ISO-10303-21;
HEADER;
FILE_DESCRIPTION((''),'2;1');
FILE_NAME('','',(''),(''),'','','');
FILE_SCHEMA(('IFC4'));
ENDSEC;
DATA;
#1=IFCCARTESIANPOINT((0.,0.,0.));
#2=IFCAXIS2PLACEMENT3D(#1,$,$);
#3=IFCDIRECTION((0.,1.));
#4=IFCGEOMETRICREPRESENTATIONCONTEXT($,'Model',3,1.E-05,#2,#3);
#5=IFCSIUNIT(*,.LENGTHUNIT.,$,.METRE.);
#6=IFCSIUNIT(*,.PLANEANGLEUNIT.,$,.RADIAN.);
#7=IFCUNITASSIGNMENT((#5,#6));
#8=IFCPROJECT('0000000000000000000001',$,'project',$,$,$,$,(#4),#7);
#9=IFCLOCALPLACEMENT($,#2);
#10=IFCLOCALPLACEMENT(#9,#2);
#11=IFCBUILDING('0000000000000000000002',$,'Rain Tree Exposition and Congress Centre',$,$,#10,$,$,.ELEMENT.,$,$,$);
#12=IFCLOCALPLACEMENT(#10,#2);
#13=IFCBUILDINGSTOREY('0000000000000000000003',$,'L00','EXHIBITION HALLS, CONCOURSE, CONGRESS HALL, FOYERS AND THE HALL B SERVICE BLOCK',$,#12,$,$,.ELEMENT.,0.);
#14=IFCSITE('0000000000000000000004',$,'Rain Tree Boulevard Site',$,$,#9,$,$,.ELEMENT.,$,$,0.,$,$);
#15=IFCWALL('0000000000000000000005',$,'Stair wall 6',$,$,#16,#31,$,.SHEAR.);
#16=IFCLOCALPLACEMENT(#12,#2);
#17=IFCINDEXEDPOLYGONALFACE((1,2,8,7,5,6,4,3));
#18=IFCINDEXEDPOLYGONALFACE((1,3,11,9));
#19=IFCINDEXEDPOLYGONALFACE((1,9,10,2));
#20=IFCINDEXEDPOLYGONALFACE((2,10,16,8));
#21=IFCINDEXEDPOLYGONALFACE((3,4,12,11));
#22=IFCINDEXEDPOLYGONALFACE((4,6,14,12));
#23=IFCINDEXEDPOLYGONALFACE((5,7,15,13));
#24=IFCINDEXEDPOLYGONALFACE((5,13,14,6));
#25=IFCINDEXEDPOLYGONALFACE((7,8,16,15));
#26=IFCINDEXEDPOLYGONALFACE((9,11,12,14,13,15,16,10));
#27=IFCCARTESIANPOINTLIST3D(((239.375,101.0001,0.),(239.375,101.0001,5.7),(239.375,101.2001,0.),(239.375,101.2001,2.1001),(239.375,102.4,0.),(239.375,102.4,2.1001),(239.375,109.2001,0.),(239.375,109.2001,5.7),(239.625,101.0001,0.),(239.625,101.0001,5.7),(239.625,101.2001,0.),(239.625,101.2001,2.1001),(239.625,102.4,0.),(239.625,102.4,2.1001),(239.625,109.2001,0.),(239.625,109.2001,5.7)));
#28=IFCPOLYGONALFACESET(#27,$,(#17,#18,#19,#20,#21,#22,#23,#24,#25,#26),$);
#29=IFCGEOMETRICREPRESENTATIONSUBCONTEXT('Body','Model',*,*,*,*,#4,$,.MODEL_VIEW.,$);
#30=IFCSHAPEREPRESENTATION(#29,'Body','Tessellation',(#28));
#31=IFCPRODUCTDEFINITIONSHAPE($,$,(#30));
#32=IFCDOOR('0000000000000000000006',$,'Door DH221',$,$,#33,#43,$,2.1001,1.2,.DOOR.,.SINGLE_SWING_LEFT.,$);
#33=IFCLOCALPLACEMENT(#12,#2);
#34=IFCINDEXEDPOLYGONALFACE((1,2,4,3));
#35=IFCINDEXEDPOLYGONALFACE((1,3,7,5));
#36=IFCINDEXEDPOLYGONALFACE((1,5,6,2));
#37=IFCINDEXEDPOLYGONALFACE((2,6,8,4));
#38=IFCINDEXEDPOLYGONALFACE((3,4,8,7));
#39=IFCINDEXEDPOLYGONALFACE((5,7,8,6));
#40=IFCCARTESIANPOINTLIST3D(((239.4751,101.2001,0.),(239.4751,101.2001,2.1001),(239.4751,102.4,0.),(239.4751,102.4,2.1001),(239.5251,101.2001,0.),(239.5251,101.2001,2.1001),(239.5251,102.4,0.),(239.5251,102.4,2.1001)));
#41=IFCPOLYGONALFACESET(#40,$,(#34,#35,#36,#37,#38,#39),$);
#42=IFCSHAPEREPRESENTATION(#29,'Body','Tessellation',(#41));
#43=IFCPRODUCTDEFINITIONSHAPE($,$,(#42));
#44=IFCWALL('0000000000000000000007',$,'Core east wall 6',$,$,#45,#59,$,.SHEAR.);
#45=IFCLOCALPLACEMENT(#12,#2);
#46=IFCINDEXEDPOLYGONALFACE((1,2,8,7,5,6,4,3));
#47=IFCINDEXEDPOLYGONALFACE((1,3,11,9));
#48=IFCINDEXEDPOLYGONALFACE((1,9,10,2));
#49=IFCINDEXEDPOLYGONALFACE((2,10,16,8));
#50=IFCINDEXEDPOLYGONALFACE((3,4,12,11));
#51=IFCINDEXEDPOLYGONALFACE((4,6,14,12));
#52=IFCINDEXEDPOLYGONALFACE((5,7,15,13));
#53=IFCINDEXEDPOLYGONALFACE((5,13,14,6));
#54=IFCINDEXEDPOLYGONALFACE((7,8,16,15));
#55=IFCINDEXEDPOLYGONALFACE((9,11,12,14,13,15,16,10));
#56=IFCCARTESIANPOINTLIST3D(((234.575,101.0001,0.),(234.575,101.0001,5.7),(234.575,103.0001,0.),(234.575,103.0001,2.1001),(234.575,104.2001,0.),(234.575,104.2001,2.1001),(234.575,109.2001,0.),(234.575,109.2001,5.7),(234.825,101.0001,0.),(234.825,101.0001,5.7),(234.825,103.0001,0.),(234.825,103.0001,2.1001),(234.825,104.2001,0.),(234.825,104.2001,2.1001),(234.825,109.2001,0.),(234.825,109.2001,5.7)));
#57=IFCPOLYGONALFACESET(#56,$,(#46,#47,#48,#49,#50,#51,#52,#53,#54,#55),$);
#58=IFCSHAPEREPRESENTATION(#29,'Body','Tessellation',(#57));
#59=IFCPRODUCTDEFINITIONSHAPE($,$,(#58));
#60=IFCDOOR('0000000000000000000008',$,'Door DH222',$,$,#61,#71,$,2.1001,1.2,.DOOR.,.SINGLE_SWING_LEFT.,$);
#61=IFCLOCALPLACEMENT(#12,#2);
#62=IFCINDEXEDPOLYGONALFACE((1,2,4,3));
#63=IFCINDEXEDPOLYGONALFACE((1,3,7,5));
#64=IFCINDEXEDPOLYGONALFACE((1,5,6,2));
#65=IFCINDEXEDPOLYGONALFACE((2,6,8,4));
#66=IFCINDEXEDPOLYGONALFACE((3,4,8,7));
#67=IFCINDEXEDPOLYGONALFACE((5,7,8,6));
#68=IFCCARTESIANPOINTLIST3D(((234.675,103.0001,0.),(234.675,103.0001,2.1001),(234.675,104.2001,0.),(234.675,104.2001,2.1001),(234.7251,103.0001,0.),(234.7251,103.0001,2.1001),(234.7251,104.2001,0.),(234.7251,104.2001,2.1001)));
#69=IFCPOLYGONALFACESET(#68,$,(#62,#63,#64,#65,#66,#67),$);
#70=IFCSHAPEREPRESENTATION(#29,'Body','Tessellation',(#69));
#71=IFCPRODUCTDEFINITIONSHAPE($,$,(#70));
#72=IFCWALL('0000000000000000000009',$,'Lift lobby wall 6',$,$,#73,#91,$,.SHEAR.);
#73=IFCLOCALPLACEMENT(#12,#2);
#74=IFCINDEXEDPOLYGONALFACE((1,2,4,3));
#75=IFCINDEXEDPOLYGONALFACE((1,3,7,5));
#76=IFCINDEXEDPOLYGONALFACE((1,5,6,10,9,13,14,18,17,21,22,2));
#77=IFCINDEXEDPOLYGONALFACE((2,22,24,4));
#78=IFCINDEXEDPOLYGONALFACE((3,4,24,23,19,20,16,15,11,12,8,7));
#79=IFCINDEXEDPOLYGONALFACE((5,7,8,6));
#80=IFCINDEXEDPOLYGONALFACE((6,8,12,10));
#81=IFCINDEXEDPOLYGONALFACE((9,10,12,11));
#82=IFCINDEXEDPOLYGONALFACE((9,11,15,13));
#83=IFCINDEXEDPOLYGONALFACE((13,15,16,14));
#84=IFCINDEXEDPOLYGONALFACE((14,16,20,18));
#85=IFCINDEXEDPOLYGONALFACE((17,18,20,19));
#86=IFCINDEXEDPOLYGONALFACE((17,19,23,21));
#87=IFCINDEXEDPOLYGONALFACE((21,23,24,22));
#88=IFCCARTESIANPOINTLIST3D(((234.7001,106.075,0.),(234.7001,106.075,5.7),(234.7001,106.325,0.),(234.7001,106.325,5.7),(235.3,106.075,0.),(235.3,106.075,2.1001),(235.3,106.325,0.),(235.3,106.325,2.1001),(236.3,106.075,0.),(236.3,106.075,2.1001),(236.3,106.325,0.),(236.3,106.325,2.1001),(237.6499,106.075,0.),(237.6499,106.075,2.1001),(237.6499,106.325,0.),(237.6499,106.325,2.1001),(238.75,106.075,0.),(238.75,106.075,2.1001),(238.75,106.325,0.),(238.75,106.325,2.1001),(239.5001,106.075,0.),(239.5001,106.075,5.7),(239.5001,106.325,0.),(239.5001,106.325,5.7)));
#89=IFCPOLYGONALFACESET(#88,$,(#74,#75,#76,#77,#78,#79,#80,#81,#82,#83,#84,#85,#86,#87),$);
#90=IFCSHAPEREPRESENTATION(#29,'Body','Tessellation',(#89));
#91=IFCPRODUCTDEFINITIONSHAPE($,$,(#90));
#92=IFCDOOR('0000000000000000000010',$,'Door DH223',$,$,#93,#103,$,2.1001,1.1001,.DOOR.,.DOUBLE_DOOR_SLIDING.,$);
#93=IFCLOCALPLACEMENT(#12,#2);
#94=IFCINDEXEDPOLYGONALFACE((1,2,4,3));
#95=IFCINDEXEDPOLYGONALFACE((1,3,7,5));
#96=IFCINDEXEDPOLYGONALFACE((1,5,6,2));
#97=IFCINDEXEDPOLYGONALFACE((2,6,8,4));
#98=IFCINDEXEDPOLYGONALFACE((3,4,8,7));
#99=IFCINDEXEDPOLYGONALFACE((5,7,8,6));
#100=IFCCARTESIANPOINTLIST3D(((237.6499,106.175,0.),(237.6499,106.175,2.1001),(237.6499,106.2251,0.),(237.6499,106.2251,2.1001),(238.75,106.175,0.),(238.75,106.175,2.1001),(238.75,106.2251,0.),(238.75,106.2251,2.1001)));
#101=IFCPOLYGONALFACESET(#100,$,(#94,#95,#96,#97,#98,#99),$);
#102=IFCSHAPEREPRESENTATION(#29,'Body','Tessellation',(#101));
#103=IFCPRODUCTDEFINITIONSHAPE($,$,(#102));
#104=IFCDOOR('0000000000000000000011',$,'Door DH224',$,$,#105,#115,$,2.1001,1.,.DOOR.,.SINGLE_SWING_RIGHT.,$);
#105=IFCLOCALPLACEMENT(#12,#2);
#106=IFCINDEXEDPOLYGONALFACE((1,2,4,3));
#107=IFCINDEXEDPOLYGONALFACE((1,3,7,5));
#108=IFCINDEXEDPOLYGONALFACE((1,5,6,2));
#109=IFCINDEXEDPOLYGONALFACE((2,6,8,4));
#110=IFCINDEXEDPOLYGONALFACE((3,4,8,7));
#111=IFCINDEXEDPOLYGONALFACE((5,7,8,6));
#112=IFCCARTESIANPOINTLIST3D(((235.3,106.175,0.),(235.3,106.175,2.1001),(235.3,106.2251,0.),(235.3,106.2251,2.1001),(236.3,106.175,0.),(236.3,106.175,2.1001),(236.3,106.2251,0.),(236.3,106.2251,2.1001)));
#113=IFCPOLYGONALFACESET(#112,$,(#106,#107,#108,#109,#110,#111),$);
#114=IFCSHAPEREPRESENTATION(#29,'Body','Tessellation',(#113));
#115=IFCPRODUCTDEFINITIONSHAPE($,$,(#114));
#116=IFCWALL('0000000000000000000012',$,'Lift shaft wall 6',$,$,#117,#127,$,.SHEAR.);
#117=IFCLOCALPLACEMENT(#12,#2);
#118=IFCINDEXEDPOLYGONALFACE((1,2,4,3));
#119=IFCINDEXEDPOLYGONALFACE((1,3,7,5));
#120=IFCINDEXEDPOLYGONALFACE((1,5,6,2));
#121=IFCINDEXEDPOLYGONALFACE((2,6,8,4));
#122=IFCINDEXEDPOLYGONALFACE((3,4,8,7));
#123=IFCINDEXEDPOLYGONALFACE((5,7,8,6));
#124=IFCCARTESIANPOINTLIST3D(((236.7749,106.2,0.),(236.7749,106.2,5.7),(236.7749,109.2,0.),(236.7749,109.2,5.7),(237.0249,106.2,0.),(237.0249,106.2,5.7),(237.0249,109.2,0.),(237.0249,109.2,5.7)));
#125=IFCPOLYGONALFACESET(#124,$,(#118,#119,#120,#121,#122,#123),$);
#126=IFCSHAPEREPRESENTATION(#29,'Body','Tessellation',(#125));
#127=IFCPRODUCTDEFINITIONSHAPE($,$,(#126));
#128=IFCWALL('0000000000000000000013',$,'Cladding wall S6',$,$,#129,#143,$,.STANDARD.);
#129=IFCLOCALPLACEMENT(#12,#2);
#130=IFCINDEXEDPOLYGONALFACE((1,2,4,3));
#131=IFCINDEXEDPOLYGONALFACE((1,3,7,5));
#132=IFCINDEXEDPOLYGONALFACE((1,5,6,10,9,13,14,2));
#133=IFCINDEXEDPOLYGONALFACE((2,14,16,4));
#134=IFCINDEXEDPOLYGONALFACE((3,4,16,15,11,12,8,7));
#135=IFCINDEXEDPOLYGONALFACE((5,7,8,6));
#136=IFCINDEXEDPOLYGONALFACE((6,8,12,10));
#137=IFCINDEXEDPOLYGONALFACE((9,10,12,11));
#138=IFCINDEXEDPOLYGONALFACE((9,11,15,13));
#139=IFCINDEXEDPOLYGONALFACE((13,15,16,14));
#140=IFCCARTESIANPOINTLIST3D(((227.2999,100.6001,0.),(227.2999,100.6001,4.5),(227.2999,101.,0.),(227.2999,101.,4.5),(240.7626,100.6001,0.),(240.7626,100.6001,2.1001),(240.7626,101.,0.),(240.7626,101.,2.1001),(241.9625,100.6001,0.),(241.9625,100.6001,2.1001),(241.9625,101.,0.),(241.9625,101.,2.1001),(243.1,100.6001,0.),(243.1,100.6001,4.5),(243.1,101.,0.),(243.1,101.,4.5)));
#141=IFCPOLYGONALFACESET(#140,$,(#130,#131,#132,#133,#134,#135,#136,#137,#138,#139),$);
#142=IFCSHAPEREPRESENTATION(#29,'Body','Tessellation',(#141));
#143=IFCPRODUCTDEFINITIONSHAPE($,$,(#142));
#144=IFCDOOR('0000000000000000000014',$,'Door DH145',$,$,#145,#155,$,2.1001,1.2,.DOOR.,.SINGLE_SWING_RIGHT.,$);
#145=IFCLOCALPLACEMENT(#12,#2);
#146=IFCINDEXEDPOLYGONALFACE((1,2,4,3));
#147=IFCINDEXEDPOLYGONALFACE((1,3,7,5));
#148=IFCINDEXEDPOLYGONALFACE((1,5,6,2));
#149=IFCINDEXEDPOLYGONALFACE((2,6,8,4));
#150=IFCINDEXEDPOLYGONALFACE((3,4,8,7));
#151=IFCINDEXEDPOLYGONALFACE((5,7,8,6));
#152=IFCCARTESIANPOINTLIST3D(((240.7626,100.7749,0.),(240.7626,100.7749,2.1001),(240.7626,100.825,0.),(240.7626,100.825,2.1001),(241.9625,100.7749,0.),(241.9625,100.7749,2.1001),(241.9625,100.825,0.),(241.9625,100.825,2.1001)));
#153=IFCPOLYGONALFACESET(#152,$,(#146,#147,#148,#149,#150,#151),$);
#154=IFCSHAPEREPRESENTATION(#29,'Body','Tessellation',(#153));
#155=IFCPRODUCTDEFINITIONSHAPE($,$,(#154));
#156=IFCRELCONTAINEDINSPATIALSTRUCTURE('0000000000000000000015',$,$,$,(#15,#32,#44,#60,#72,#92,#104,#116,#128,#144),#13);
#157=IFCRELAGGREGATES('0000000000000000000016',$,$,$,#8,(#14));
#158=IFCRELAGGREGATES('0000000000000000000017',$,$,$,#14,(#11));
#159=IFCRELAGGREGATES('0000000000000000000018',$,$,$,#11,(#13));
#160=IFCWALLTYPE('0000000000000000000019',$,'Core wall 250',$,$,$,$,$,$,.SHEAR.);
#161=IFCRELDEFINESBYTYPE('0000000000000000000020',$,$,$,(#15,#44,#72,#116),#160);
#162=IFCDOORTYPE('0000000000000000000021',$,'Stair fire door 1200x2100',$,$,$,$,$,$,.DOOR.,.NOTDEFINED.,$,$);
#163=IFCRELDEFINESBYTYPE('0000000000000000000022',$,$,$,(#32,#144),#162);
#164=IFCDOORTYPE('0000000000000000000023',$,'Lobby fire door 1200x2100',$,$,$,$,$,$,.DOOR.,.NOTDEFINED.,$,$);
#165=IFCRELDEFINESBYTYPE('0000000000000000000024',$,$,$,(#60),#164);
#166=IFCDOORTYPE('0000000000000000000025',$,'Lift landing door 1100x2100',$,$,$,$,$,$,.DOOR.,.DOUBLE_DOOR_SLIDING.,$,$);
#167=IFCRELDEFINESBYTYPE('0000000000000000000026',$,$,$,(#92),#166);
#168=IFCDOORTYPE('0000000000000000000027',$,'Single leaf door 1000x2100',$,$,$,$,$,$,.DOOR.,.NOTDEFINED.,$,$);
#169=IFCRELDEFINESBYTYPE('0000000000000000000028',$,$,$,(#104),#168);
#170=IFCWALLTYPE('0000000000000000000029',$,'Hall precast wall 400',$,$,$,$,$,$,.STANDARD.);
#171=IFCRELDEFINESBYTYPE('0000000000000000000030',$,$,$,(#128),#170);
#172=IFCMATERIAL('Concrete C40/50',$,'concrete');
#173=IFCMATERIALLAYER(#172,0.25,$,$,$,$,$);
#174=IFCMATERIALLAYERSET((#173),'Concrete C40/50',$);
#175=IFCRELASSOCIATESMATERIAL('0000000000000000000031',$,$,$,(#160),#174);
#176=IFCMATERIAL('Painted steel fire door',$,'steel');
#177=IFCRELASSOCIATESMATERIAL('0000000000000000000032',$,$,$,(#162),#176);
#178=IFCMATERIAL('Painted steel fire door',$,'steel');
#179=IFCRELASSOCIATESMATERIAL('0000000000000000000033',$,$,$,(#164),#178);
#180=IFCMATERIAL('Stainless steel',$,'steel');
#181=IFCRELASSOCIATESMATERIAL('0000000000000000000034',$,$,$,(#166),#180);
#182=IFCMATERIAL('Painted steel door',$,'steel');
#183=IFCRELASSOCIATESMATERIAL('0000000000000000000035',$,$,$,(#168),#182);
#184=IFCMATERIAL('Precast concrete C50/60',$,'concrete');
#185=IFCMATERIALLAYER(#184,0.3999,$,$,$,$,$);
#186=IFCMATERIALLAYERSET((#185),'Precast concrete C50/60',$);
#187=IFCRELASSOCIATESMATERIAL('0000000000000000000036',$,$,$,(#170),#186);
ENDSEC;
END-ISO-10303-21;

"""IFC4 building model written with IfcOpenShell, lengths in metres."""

from ifc_helpers import new_model, si_unit, direction, frame, frame_2d, origin, place, context, subcontext, project, spatial, rectangle, extrude, material, layer, layer_set, type_object, element, fill, save


model = new_model("IFC4")

# Units and contexts
model_context = context("Model", 3, precision=1e-05, world=origin(), true_north=direction((0.0, 1.0)))
body_context = subcontext(model_context, "Body", "Model", "MODEL_VIEW")
ifc_project = project(units=[si_unit("LENGTHUNIT", "METRE"), si_unit("PLANEANGLEUNIT", "RADIAN")], contexts=[model_context])

# Site, building, storey
site_placement = place(None, origin())
site = spatial("IfcSite", under=ifc_project, at=site_placement, Name="Rain Tree Boulevard Site", CompositionType="ELEMENT", RefElevation=0.0)
building_placement = place(site_placement, origin())
building = spatial("IfcBuilding", under=site, at=building_placement, Name="Rain Tree Exposition and Congress Centre", CompositionType="ELEMENT")
storey_placement = place(building_placement, origin())
storey = spatial("IfcBuildingStorey", under=building, at=storey_placement, Name="L00", Description="EXHIBITION HALLS, CONCOURSE, CONGRESS HALL, FOYERS AND THE HALL B SERVICE BLOCK", CompositionType="ELEMENT", Elevation=0.0)

# Walls, openings, doors
ifc_material_1 = material(Name="Concrete C40/50", Category="concrete")
ifc_layer_1 = layer(ifc_material_1, 0.25)
ifc_layer_set_1 = layer_set([ifc_layer_1], Name="Concrete C40/50")
wall_type_1 = type_object("IfcWallType", Name="Core wall 250", PredefinedType="SHEAR", material=ifc_layer_set_1)
wall_1_placement = place(storey_placement, frame((239.5, 101.0, 0.0), z_axis=(0.0, 0.0, 1.0), x_axis=(0.0, 1.0, 0.0)))
wall_1 = element("IfcWall", 1, at=wall_1_placement, inside=storey, type_object=wall_type_1, Name="Stair wall 6", PredefinedType="SHEAR", context=body_context, shape_type="SweptSolid", body=[
    extrude(rectangle(XDim=8.2, YDim=0.25, at=frame_2d((4.1001, 0.0))), origin(), (0.0, 0.0, 1.0), 5.7),
])
opening_1_placement = place(wall_1_placement, frame((0.2, 0.0, 0.0)))
opening_1 = element("IfcOpeningElement", 2, at=opening_1_placement, cuts=wall_1, PredefinedType="OPENING", context=body_context, shape_type="SweptSolid", body=[
    extrude(rectangle(XDim=1.2, YDim=2.1001, at=frame_2d((0.6001, 1.05))), frame((0.0, 0.125, 0.0), z_axis=(0.0, -1.0, 0.0), x_axis=(1.0, 0.0, 0.0)), (0.0, 0.0, 1.0), 0.25),
])
ifc_material_2 = material(Name="Painted steel fire door", Category="steel")
door_type_1 = type_object("IfcDoorType", Name="Stair fire door 1200x2100", OperationType="NOTDEFINED", PredefinedType="DOOR", material=ifc_material_2)
door_1_placement = place(opening_1_placement, origin())
door_1 = element("IfcDoor", 3, at=door_1_placement, inside=storey, type_object=door_type_1, Name="Door DH221", OperationType="SINGLE_SWING_LEFT", OverallHeight=2.1001, OverallWidth=1.2, PredefinedType="DOOR", context=body_context, shape_type="SweptSolid", body=[
    extrude(rectangle(XDim=1.2, YDim=2.1001, at=frame_2d((0.6001, 1.05))), frame((0.0, 0.0249, 0.0), z_axis=(0.0, -1.0, 0.0), x_axis=(1.0, 0.0, 0.0)), (0.0, 0.0, 1.0), 0.05),
])
fill(opening_1, door_1)
wall_2_placement = place(storey_placement, frame((234.7, 101.0, 0.0), z_axis=(0.0, 0.0, 1.0), x_axis=(0.0, 1.0, 0.0)))
wall_2 = element("IfcWall", 4, at=wall_2_placement, inside=storey, type_object=wall_type_1, Name="Core east wall 6", PredefinedType="SHEAR", context=body_context, shape_type="SweptSolid", body=[
    extrude(rectangle(XDim=8.2, YDim=0.25, at=frame_2d((4.1001, 0.0))), origin(), (0.0, 0.0, 1.0), 5.7),
])
opening_2_placement = place(wall_2_placement, frame((2.0, 0.0, 0.0)))
opening_2 = element("IfcOpeningElement", 5, at=opening_2_placement, cuts=wall_2, PredefinedType="OPENING", context=body_context, shape_type="SweptSolid", body=[
    extrude(rectangle(XDim=1.2, YDim=2.1001, at=frame_2d((0.6001, 1.05))), frame((0.0, 0.125, 0.0), z_axis=(0.0, -1.0, 0.0), x_axis=(1.0, 0.0, 0.0)), (0.0, 0.0, 1.0), 0.25),
])
ifc_material_3 = material(Name="Painted steel fire door", Category="steel")
door_type_2 = type_object("IfcDoorType", Name="Lobby fire door 1200x2100", OperationType="NOTDEFINED", PredefinedType="DOOR", material=ifc_material_3)
door_2_placement = place(opening_2_placement, origin())
door_2 = element("IfcDoor", 6, at=door_2_placement, inside=storey, type_object=door_type_2, Name="Door DH222", OperationType="SINGLE_SWING_LEFT", OverallHeight=2.1001, OverallWidth=1.2, PredefinedType="DOOR", context=body_context, shape_type="SweptSolid", body=[
    extrude(rectangle(XDim=1.2, YDim=2.1001, at=frame_2d((0.6001, 1.05))), frame((0.0, 0.0249, 0.0), z_axis=(0.0, -1.0, 0.0), x_axis=(1.0, 0.0, 0.0)), (0.0, 0.0, 1.0), 0.05),
])
fill(opening_2, door_2)

# Wall, openings, doors
wall_3_placement = place(storey_placement, frame((239.5, 106.2, 0.0), z_axis=(0.0, 0.0, 1.0), x_axis=(-1.0, 0.0, 0.0)))
wall_3 = element("IfcWall", 7, at=wall_3_placement, inside=storey, type_object=wall_type_1, Name="Lift lobby wall 6", PredefinedType="SHEAR", context=body_context, shape_type="SweptSolid", body=[
    extrude(rectangle(XDim=4.8, YDim=0.25, at=frame_2d((2.3999, 0.0))), origin(), (0.0, 0.0, 1.0), 5.7),
])
opening_3_placement = place(wall_3_placement, frame((0.75, 0.0, 0.0)))
opening_3 = element("IfcOpeningElement", 8, at=opening_3_placement, cuts=wall_3, PredefinedType="OPENING", context=body_context, shape_type="SweptSolid", body=[
    extrude(rectangle(XDim=1.1001, YDim=2.1001, at=frame_2d((0.55, 1.05))), frame((0.0, 0.125, 0.0), z_axis=(0.0, -1.0, 0.0), x_axis=(1.0, 0.0, 0.0)), (0.0, 0.0, 1.0), 0.25),
])
opening_4_placement = place(wall_3_placement, frame((3.2, 0.0, 0.0)))
opening_4 = element("IfcOpeningElement", 9, at=opening_4_placement, cuts=wall_3, PredefinedType="OPENING", context=body_context, shape_type="SweptSolid", body=[
    extrude(rectangle(XDim=1.0, YDim=2.1001, at=frame_2d((0.5, 1.05))), frame((0.0, 0.125, 0.0), z_axis=(0.0, -1.0, 0.0), x_axis=(1.0, 0.0, 0.0)), (0.0, 0.0, 1.0), 0.25),
])
ifc_material_4 = material(Name="Stainless steel", Category="steel")
door_type_3 = type_object("IfcDoorType", Name="Lift landing door 1100x2100", OperationType="DOUBLE_DOOR_SLIDING", PredefinedType="DOOR", material=ifc_material_4)
door_3_placement = place(opening_3_placement, origin())
door_3 = element("IfcDoor", 10, at=door_3_placement, inside=storey, type_object=door_type_3, Name="Door DH223", OperationType="DOUBLE_DOOR_SLIDING", OverallHeight=2.1001, OverallWidth=1.1001, PredefinedType="DOOR", context=body_context, shape_type="SweptSolid", body=[
    extrude(rectangle(XDim=1.1001, YDim=2.1001, at=frame_2d((0.55, 1.05))), frame((0.0, 0.0249, 0.0), z_axis=(0.0, -1.0, 0.0), x_axis=(1.0, 0.0, 0.0)), (0.0, 0.0, 1.0), 0.05),
])
fill(opening_3, door_3)
ifc_material_5 = material(Name="Painted steel door", Category="steel")
door_type_4 = type_object("IfcDoorType", Name="Single leaf door 1000x2100", OperationType="NOTDEFINED", PredefinedType="DOOR", material=ifc_material_5)
door_4_placement = place(opening_4_placement, origin())
door_4 = element("IfcDoor", 11, at=door_4_placement, inside=storey, type_object=door_type_4, Name="Door DH224", OperationType="SINGLE_SWING_RIGHT", OverallHeight=2.1001, OverallWidth=1.0, PredefinedType="DOOR", context=body_context, shape_type="SweptSolid", body=[
    extrude(rectangle(XDim=1.0, YDim=2.1001, at=frame_2d((0.5, 1.05))), frame((0.0, 0.0249, 0.0), z_axis=(0.0, -1.0, 0.0), x_axis=(1.0, 0.0, 0.0)), (0.0, 0.0, 1.0), 0.05),
])
fill(opening_4, door_4)

# Wall
wall_4_placement = place(storey_placement, frame((236.8999, 106.2, 0.0), z_axis=(0.0, 0.0, 1.0), x_axis=(0.0, 1.0, 0.0)))
element("IfcWall", 12, at=wall_4_placement, inside=storey, type_object=wall_type_1, Name="Lift shaft wall 6", PredefinedType="SHEAR", context=body_context, shape_type="SweptSolid", body=[
    extrude(rectangle(XDim=3.0, YDim=0.25, at=frame_2d((1.5, 0.0))), origin(), (0.0, 0.0, 1.0), 5.7),
])

# Wall, opening, door
ifc_material_6 = material(Name="Precast concrete C50/60", Category="concrete")
ifc_layer_2 = layer(ifc_material_6, 0.3999)
ifc_layer_set_2 = layer_set([ifc_layer_2], Name="Precast concrete C50/60")
wall_type_2 = type_object("IfcWallType", Name="Hall precast wall 400", PredefinedType="STANDARD", material=ifc_layer_set_2)
wall_5_placement = place(storey_placement, frame((227.3, 100.8, 0.0), z_axis=(0.0, 0.0, 1.0), x_axis=(1.0, 0.0, 0.0)))
wall_5 = element("IfcWall", 13, at=wall_5_placement, inside=storey, type_object=wall_type_2, Name="Cladding wall S6", PredefinedType="STANDARD", context=body_context, shape_type="SweptSolid", body=[
    extrude(rectangle(XDim=15.8, YDim=0.3999, at=frame_2d((7.8999, 0.0))), origin(), (0.0, 0.0, 1.0), 4.5),
])
opening_5_placement = place(wall_5_placement, frame((13.4624, 0.0, 0.0)))
opening_5 = element("IfcOpeningElement", 14, at=opening_5_placement, cuts=wall_5, PredefinedType="OPENING", context=body_context, shape_type="SweptSolid", body=[
    extrude(rectangle(XDim=1.2, YDim=2.1001, at=frame_2d((0.6001, 1.05))), frame((0.0, 0.2, 0.0), z_axis=(0.0, -1.0, 0.0), x_axis=(1.0, 0.0, 0.0)), (0.0, 0.0, 1.0), 0.3999),
])
door_5_placement = place(opening_5_placement, origin())
door_5 = element("IfcDoor", 15, at=door_5_placement, inside=storey, type_object=door_type_1, Name="Door DH145", OperationType="SINGLE_SWING_RIGHT", OverallHeight=2.1001, OverallWidth=1.2, PredefinedType="DOOR", context=body_context, shape_type="SweptSolid", body=[
    extrude(rectangle(XDim=1.2, YDim=2.1001, at=frame_2d((0.6001, 1.05))), frame((0.0, 0.0249, 0.0), z_axis=(0.0, -1.0, 0.0), x_axis=(1.0, 0.0, 0.0)), (0.0, 0.0, 1.0), 0.05),
])
fill(opening_5, door_5)

save(model, "model.ifc")
